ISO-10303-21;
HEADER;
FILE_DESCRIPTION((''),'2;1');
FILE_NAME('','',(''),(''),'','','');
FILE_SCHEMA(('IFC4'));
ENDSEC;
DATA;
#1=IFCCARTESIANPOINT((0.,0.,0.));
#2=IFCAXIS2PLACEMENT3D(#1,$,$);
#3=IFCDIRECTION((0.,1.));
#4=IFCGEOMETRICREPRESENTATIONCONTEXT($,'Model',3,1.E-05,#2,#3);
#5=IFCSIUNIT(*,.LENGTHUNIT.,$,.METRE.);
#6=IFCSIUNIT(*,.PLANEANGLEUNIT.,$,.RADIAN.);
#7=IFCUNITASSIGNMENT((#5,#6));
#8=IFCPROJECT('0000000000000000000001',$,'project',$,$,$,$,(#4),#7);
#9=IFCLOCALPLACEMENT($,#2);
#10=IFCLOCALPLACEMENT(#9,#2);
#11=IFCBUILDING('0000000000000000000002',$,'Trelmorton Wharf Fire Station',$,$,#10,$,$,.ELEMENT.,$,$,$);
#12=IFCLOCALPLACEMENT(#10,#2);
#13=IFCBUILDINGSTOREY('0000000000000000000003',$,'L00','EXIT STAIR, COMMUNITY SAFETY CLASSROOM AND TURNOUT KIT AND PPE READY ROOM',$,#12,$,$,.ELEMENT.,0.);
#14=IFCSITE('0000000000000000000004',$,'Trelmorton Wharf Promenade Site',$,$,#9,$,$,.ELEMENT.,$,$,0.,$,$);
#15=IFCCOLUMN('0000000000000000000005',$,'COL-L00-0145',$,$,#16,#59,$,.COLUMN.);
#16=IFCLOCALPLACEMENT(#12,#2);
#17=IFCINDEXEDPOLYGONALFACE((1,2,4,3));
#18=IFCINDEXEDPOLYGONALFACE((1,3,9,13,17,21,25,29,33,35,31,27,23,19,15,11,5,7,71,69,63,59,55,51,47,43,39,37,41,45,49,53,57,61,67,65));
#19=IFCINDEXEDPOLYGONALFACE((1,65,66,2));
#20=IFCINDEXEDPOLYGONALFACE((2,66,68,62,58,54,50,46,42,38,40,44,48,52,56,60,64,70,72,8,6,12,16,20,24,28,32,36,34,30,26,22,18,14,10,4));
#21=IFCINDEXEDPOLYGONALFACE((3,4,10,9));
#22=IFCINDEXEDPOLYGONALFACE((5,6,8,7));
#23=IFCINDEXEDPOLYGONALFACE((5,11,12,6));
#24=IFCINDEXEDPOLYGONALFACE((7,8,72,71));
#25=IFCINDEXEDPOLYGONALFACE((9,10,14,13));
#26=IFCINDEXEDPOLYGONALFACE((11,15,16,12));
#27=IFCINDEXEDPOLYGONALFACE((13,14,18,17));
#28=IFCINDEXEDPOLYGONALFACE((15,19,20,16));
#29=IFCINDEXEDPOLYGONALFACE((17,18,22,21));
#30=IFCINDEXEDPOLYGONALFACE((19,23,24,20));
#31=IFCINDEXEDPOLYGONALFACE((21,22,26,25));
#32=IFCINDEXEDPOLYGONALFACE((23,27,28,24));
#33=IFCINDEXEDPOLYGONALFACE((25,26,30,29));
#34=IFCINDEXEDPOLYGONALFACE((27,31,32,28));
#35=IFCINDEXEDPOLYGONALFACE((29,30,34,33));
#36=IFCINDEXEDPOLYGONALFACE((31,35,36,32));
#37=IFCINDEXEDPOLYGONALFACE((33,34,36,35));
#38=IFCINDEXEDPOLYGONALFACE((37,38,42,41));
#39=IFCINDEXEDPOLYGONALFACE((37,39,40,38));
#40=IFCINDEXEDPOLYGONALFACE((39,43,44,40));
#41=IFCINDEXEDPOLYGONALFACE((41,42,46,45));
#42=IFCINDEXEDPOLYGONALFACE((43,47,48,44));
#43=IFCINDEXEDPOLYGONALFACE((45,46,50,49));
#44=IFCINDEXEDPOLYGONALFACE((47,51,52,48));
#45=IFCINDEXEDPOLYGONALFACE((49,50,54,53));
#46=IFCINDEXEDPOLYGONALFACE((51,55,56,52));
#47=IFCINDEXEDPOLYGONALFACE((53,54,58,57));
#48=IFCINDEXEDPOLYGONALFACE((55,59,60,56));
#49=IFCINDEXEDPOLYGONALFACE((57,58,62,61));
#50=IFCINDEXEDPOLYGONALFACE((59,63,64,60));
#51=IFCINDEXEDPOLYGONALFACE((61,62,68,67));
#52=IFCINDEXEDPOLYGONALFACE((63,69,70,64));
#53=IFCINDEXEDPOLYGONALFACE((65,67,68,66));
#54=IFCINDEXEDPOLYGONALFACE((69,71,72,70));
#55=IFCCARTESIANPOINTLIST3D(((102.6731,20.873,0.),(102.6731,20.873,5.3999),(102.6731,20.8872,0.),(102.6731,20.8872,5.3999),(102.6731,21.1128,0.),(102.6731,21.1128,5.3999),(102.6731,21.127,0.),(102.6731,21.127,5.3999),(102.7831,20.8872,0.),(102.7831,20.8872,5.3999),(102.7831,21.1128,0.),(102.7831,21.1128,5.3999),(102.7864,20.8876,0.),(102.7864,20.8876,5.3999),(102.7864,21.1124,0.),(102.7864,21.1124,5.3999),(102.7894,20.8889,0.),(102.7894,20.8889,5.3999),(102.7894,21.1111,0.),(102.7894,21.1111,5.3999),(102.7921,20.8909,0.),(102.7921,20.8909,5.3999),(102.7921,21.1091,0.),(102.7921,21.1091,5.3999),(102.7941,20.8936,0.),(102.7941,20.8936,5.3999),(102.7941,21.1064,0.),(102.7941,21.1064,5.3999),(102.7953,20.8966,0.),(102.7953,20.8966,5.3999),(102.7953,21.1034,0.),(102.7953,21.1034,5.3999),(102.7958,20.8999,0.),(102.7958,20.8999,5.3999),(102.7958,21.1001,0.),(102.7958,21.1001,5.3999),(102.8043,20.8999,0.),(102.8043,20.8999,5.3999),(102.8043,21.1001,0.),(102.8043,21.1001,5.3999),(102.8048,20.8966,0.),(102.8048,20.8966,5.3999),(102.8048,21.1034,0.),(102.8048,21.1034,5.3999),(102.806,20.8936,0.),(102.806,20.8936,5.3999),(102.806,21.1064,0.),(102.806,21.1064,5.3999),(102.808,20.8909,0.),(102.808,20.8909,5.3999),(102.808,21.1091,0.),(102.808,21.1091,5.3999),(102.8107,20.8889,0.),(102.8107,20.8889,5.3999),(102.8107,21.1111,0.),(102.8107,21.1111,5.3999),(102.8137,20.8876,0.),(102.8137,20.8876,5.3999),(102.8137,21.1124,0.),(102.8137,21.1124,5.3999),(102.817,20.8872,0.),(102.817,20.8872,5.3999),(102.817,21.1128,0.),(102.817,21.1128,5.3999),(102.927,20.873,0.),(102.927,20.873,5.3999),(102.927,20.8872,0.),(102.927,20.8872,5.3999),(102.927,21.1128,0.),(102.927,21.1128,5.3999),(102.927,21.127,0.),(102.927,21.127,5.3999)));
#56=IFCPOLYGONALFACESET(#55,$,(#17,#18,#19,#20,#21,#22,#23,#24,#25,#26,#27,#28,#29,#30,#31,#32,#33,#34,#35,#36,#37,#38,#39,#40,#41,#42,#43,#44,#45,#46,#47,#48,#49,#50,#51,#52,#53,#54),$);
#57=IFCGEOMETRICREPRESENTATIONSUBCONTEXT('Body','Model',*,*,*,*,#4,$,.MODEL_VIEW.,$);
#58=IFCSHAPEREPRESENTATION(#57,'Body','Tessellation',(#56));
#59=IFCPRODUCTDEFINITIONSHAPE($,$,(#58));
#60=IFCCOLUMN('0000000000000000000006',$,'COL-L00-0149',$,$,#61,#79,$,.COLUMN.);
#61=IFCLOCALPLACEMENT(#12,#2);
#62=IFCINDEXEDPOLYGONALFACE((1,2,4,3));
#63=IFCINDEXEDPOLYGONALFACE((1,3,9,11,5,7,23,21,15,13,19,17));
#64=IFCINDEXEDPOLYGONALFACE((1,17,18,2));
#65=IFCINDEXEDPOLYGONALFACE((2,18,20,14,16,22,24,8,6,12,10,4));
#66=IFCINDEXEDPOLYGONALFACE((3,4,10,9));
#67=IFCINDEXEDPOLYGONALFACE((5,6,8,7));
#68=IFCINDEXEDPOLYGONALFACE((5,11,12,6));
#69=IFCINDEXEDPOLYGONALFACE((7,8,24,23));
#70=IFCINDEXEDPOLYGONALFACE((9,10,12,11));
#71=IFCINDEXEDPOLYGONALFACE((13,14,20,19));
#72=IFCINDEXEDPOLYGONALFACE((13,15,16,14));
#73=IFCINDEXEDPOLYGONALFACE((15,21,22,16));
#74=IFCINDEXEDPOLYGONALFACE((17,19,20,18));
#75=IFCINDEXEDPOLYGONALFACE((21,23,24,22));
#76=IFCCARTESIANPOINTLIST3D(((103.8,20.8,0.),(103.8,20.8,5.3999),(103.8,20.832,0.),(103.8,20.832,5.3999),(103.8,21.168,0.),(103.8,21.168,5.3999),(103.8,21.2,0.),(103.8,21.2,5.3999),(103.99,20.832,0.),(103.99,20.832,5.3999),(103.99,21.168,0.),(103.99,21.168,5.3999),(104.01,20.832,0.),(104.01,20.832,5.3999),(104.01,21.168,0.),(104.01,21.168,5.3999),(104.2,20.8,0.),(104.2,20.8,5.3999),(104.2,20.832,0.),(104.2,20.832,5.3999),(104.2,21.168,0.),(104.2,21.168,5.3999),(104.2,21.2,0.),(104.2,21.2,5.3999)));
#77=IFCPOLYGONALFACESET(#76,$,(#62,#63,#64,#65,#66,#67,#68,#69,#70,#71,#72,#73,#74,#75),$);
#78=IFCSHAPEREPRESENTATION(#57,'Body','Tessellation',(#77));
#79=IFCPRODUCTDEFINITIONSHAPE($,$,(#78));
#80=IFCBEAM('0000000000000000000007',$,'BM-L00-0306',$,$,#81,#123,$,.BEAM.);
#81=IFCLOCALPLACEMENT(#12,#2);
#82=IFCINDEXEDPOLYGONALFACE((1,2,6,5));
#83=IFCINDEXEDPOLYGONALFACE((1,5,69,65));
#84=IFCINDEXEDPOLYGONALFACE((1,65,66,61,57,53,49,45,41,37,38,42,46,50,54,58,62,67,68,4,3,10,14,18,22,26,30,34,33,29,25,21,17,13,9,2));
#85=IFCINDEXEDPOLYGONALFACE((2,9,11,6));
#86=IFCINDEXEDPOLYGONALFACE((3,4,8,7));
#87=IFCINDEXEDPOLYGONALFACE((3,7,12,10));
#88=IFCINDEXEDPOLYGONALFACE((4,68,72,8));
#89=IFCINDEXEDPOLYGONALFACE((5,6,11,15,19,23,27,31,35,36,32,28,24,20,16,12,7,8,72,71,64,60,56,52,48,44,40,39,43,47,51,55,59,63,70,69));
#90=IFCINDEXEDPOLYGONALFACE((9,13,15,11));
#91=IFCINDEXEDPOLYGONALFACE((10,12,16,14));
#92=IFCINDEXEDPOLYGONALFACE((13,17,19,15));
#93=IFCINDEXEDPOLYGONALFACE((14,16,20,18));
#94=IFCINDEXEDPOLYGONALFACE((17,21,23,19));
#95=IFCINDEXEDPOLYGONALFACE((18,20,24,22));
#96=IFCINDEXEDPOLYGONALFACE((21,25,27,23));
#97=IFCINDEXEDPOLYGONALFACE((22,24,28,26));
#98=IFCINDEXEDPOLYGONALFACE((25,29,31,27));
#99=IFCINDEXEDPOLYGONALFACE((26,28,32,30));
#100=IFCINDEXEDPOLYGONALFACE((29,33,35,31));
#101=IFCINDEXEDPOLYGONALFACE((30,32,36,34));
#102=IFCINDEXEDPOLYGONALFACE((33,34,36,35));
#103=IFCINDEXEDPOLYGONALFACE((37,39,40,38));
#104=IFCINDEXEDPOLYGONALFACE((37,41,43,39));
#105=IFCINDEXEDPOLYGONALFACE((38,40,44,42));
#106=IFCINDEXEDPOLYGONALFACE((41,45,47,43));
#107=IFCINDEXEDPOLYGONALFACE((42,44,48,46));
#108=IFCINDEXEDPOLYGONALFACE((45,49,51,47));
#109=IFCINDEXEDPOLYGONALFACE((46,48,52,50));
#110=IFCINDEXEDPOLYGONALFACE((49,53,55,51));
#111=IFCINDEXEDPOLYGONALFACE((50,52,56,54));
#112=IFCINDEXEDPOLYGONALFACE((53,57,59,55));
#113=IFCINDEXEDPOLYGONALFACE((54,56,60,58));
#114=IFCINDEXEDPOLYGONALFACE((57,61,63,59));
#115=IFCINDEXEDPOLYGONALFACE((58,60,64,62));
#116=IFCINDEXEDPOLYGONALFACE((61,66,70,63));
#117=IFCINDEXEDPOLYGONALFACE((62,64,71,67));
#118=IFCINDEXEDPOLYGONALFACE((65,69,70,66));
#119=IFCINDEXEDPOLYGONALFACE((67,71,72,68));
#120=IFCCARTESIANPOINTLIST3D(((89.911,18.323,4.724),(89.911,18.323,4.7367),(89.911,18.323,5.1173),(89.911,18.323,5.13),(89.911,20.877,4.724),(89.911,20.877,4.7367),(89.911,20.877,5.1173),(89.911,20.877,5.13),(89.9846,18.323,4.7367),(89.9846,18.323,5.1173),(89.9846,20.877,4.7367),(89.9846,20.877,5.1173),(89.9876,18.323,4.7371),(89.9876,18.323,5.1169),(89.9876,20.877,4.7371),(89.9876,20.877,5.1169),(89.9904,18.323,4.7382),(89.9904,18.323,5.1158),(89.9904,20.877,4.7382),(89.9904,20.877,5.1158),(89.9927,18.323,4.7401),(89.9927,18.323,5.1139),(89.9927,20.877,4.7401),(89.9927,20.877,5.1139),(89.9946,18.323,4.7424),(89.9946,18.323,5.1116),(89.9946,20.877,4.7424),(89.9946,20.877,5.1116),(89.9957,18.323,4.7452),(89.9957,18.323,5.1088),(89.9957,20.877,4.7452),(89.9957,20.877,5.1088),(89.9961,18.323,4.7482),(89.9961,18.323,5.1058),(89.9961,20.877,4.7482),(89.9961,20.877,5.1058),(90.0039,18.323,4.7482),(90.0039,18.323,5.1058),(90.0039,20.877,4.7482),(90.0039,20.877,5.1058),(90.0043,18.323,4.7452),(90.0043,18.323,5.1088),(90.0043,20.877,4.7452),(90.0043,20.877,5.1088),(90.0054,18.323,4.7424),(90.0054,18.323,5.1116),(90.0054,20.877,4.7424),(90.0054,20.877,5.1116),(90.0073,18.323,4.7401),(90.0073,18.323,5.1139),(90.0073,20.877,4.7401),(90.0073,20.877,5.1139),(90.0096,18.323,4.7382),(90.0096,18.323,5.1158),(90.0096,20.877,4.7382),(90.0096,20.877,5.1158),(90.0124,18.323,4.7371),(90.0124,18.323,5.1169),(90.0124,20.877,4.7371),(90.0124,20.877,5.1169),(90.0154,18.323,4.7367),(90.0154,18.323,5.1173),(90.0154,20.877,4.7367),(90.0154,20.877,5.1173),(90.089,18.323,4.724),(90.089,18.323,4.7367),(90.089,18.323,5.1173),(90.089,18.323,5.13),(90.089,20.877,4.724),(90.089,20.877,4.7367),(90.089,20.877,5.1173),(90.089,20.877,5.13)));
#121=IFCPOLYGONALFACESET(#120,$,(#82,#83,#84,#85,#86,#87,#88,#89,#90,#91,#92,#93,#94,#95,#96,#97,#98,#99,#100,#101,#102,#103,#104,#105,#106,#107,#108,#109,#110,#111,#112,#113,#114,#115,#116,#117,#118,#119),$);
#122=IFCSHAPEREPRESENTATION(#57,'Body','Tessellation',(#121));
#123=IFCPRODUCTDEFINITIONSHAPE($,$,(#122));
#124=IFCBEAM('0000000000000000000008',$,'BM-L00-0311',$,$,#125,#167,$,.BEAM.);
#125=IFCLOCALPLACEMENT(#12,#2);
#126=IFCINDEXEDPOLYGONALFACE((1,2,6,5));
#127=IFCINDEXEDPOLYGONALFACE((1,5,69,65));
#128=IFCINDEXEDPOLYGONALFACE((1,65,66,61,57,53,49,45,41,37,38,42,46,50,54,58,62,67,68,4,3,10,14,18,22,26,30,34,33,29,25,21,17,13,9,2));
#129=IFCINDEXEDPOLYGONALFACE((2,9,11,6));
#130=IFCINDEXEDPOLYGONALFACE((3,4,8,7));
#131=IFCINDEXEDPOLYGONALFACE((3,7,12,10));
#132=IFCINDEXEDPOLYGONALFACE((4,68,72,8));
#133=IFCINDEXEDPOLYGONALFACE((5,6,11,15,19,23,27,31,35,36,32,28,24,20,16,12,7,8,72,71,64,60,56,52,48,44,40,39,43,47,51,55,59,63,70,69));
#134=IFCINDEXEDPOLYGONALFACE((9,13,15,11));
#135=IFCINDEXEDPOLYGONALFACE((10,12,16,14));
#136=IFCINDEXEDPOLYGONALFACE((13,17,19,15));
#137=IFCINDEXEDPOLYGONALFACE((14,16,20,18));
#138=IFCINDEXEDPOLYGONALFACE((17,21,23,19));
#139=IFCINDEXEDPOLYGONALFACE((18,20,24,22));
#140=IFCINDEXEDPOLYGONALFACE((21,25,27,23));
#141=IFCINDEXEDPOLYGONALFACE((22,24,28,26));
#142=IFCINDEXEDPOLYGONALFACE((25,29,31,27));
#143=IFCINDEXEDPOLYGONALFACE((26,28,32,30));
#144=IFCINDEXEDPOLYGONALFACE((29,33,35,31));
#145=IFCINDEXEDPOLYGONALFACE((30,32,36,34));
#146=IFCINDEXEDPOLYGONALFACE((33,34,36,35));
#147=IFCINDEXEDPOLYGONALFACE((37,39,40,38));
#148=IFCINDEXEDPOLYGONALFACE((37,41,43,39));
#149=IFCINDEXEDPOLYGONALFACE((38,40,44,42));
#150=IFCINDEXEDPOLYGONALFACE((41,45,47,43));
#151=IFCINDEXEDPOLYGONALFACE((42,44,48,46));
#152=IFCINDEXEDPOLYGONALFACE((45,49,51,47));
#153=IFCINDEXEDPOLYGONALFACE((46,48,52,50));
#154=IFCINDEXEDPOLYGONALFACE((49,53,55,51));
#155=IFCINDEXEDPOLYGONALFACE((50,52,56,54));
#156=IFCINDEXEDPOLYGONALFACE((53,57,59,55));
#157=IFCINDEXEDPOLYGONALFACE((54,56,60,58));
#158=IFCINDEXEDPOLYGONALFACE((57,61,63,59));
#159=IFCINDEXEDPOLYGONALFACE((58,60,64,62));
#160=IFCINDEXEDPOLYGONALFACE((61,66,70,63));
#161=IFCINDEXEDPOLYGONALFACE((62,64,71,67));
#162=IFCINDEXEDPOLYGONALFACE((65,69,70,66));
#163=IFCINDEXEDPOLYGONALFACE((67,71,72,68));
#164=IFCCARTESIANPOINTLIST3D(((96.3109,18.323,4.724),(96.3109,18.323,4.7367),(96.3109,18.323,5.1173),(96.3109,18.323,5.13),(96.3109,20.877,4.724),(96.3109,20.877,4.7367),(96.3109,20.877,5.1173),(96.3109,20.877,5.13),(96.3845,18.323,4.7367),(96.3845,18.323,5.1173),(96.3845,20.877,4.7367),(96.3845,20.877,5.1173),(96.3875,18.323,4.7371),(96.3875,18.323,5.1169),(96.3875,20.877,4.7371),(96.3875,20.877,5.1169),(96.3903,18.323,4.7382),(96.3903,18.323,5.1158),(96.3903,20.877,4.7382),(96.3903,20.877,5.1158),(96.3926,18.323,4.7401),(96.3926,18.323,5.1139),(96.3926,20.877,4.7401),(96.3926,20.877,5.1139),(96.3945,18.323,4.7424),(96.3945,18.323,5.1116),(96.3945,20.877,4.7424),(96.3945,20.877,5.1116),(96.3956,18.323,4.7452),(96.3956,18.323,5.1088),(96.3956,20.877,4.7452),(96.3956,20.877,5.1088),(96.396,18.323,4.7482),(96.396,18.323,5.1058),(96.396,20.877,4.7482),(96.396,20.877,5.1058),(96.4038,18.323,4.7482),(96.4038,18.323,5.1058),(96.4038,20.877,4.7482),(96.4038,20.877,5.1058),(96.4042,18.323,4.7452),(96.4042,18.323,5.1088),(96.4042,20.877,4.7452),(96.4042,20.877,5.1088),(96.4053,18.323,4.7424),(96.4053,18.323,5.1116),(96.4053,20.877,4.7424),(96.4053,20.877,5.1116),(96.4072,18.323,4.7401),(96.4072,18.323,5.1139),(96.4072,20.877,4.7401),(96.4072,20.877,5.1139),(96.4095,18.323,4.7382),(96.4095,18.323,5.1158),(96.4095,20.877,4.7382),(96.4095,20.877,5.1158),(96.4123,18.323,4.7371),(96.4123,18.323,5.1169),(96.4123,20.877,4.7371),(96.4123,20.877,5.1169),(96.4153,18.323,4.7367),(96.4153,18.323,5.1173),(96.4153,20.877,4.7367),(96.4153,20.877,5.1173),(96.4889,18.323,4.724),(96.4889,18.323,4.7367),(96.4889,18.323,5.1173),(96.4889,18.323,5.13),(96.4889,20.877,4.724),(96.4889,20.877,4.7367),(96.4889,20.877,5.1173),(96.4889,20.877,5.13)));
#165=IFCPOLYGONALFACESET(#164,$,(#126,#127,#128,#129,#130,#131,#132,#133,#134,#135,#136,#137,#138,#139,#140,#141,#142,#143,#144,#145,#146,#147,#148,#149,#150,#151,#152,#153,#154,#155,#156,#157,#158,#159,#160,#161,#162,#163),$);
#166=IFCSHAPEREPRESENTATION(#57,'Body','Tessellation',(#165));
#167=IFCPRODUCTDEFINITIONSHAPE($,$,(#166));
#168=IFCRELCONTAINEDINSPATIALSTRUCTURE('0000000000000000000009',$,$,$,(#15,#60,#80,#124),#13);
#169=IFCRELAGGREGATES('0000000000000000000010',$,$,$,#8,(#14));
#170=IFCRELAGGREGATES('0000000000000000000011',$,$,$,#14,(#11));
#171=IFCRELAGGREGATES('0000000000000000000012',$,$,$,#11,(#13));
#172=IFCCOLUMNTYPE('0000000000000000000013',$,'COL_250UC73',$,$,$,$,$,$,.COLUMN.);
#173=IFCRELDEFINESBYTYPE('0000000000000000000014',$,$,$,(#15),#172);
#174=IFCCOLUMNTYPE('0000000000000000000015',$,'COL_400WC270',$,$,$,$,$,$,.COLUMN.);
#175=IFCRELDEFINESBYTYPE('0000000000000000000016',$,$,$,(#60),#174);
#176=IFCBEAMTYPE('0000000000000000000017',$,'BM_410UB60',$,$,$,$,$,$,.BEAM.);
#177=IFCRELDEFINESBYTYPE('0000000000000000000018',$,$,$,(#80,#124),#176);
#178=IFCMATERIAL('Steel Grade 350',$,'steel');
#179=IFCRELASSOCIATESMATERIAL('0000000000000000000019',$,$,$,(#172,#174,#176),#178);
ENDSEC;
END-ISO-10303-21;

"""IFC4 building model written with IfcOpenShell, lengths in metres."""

from ifc_helpers import new_model, si_unit, direction, frame, origin, origin_2d, place, context, subcontext, project, spatial, i_section, extrude, material, material_profile, profile_set, type_object, element, save


model = new_model("IFC4")

# Units and contexts
model_context = context("Model", 3, precision=1e-05, world=origin(), true_north=direction((0.0, 1.0)))
body_context = subcontext(model_context, "Body", "Model", "MODEL_VIEW")
ifc_project = project(units=[si_unit("LENGTHUNIT", "METRE"), si_unit("PLANEANGLEUNIT", "RADIAN")], contexts=[model_context])

# Site, building, storey
site_placement = place(None, origin())
site = spatial("IfcSite", under=ifc_project, at=site_placement, Name="Trelmorton Wharf Promenade Site", CompositionType="ELEMENT", RefElevation=0.0)
building_placement = place(site_placement, origin())
building = spatial("IfcBuilding", under=site, at=building_placement, Name="Trelmorton Wharf Fire Station", CompositionType="ELEMENT")
storey_placement = place(building_placement, origin())
storey = spatial("IfcBuildingStorey", under=building, at=storey_placement, Name="L00", Description="EXIT STAIR, COMMUNITY SAFETY CLASSROOM AND TURNOUT KIT AND PPE READY ROOM", CompositionType="ELEMENT", Elevation=0.0)

# Columns
ifc_material_1 = material(Name="Steel Grade 350", Category="steel")
ifc_material_profile_1 = material_profile(ifc_material_1, i_section(OverallWidth=0.2539, OverallDepth=0.2539, WebThickness=0.0085, FlangeThickness=0.0142, FilletRadius=0.0127, at=origin_2d()), Name="250UC72.9")
ifc_profile_set_1 = profile_set([ifc_material_profile_1], Name="Steel Grade 350")
column_type_1 = type_object("IfcColumnType", Name="COL_250UC73", PredefinedType="COLUMN", material=ifc_profile_set_1)
for number, where, z_axis, x_axis, name in (
    (1, (102.8, 21.0, 0.0), (0.0, 0.0, 1.0), (1.0, 0.0, 0.0), "COL-L00-0145"),
):
    element("IfcColumn", number, at=place(storey_placement, frame(where, z_axis=z_axis, x_axis=x_axis)), inside=storey, type_object=column_type_1, Name=name, PredefinedType="COLUMN", context=body_context, shape_type="SweptSolid", body=[
        extrude(i_section(OverallWidth=0.2539, OverallDepth=0.2539, WebThickness=0.0085, FlangeThickness=0.0142, FilletRadius=0.0127, at=origin_2d()), origin(), (0.0, 0.0, 1.0), 5.3999),
    ])
ifc_material_profile_2 = material_profile(ifc_material_1, i_section(OverallWidth=0.3999, OverallDepth=0.3999, WebThickness=0.02, FlangeThickness=0.032, at=origin_2d()), Name="400WC270")
ifc_profile_set_2 = profile_set([ifc_material_profile_2], Name="Steel Grade 350")
column_type_2 = type_object("IfcColumnType", Name="COL_400WC270", PredefinedType="COLUMN", material=ifc_profile_set_2)
column_placement = place(storey_placement, frame((104.0, 21.0, 0.0), z_axis=(0.0, 0.0, 1.0), x_axis=(1.0, 0.0, 0.0)))
element("IfcColumn", 2, at=column_placement, inside=storey, type_object=column_type_2, Name="COL-L00-0149", PredefinedType="COLUMN", context=body_context, shape_type="SweptSolid", body=[
    extrude(i_section(OverallWidth=0.3999, OverallDepth=0.3999, WebThickness=0.02, FlangeThickness=0.032, at=origin_2d()), origin(), (0.0, 0.0, 1.0), 5.3999),
])

# Beams
ifc_material_profile_3 = material_profile(ifc_material_1, i_section(OverallWidth=0.178, OverallDepth=0.406, WebThickness=0.0078, FlangeThickness=0.0127, FilletRadius=0.0115, at=origin_2d()), Name="410UB59.7")
ifc_profile_set_3 = profile_set([ifc_material_profile_3], Name="Steel Grade 350")
beam_type_1 = type_object("IfcBeamType", Name="BM_410UB60", PredefinedType="BEAM", material=ifc_profile_set_3)
for number, where, z_axis, x_axis, name in (
    (3, (90.0, 18.323, 4.927), (0.0, 1.0, 0.0), (-1.0, 0.0, 0.0), "BM-L00-0306"),
    (4, (96.3999, 18.323, 4.927), (0.0, 1.0, 0.0), (-1.0, 0.0, 0.0), "BM-L00-0311"),
):
    element("IfcBeam", number, at=place(storey_placement, frame(where, z_axis=z_axis, x_axis=x_axis)), inside=storey, type_object=beam_type_1, Name=name, PredefinedType="BEAM", context=body_context, shape_type="SweptSolid", body=[
        extrude(i_section(OverallWidth=0.178, OverallDepth=0.406, WebThickness=0.0078, FlangeThickness=0.0127, FilletRadius=0.0115, at=origin_2d()), origin(), (0.0, 0.0, 1.0), 2.554),
    ])

save(model, "model.ifc")
